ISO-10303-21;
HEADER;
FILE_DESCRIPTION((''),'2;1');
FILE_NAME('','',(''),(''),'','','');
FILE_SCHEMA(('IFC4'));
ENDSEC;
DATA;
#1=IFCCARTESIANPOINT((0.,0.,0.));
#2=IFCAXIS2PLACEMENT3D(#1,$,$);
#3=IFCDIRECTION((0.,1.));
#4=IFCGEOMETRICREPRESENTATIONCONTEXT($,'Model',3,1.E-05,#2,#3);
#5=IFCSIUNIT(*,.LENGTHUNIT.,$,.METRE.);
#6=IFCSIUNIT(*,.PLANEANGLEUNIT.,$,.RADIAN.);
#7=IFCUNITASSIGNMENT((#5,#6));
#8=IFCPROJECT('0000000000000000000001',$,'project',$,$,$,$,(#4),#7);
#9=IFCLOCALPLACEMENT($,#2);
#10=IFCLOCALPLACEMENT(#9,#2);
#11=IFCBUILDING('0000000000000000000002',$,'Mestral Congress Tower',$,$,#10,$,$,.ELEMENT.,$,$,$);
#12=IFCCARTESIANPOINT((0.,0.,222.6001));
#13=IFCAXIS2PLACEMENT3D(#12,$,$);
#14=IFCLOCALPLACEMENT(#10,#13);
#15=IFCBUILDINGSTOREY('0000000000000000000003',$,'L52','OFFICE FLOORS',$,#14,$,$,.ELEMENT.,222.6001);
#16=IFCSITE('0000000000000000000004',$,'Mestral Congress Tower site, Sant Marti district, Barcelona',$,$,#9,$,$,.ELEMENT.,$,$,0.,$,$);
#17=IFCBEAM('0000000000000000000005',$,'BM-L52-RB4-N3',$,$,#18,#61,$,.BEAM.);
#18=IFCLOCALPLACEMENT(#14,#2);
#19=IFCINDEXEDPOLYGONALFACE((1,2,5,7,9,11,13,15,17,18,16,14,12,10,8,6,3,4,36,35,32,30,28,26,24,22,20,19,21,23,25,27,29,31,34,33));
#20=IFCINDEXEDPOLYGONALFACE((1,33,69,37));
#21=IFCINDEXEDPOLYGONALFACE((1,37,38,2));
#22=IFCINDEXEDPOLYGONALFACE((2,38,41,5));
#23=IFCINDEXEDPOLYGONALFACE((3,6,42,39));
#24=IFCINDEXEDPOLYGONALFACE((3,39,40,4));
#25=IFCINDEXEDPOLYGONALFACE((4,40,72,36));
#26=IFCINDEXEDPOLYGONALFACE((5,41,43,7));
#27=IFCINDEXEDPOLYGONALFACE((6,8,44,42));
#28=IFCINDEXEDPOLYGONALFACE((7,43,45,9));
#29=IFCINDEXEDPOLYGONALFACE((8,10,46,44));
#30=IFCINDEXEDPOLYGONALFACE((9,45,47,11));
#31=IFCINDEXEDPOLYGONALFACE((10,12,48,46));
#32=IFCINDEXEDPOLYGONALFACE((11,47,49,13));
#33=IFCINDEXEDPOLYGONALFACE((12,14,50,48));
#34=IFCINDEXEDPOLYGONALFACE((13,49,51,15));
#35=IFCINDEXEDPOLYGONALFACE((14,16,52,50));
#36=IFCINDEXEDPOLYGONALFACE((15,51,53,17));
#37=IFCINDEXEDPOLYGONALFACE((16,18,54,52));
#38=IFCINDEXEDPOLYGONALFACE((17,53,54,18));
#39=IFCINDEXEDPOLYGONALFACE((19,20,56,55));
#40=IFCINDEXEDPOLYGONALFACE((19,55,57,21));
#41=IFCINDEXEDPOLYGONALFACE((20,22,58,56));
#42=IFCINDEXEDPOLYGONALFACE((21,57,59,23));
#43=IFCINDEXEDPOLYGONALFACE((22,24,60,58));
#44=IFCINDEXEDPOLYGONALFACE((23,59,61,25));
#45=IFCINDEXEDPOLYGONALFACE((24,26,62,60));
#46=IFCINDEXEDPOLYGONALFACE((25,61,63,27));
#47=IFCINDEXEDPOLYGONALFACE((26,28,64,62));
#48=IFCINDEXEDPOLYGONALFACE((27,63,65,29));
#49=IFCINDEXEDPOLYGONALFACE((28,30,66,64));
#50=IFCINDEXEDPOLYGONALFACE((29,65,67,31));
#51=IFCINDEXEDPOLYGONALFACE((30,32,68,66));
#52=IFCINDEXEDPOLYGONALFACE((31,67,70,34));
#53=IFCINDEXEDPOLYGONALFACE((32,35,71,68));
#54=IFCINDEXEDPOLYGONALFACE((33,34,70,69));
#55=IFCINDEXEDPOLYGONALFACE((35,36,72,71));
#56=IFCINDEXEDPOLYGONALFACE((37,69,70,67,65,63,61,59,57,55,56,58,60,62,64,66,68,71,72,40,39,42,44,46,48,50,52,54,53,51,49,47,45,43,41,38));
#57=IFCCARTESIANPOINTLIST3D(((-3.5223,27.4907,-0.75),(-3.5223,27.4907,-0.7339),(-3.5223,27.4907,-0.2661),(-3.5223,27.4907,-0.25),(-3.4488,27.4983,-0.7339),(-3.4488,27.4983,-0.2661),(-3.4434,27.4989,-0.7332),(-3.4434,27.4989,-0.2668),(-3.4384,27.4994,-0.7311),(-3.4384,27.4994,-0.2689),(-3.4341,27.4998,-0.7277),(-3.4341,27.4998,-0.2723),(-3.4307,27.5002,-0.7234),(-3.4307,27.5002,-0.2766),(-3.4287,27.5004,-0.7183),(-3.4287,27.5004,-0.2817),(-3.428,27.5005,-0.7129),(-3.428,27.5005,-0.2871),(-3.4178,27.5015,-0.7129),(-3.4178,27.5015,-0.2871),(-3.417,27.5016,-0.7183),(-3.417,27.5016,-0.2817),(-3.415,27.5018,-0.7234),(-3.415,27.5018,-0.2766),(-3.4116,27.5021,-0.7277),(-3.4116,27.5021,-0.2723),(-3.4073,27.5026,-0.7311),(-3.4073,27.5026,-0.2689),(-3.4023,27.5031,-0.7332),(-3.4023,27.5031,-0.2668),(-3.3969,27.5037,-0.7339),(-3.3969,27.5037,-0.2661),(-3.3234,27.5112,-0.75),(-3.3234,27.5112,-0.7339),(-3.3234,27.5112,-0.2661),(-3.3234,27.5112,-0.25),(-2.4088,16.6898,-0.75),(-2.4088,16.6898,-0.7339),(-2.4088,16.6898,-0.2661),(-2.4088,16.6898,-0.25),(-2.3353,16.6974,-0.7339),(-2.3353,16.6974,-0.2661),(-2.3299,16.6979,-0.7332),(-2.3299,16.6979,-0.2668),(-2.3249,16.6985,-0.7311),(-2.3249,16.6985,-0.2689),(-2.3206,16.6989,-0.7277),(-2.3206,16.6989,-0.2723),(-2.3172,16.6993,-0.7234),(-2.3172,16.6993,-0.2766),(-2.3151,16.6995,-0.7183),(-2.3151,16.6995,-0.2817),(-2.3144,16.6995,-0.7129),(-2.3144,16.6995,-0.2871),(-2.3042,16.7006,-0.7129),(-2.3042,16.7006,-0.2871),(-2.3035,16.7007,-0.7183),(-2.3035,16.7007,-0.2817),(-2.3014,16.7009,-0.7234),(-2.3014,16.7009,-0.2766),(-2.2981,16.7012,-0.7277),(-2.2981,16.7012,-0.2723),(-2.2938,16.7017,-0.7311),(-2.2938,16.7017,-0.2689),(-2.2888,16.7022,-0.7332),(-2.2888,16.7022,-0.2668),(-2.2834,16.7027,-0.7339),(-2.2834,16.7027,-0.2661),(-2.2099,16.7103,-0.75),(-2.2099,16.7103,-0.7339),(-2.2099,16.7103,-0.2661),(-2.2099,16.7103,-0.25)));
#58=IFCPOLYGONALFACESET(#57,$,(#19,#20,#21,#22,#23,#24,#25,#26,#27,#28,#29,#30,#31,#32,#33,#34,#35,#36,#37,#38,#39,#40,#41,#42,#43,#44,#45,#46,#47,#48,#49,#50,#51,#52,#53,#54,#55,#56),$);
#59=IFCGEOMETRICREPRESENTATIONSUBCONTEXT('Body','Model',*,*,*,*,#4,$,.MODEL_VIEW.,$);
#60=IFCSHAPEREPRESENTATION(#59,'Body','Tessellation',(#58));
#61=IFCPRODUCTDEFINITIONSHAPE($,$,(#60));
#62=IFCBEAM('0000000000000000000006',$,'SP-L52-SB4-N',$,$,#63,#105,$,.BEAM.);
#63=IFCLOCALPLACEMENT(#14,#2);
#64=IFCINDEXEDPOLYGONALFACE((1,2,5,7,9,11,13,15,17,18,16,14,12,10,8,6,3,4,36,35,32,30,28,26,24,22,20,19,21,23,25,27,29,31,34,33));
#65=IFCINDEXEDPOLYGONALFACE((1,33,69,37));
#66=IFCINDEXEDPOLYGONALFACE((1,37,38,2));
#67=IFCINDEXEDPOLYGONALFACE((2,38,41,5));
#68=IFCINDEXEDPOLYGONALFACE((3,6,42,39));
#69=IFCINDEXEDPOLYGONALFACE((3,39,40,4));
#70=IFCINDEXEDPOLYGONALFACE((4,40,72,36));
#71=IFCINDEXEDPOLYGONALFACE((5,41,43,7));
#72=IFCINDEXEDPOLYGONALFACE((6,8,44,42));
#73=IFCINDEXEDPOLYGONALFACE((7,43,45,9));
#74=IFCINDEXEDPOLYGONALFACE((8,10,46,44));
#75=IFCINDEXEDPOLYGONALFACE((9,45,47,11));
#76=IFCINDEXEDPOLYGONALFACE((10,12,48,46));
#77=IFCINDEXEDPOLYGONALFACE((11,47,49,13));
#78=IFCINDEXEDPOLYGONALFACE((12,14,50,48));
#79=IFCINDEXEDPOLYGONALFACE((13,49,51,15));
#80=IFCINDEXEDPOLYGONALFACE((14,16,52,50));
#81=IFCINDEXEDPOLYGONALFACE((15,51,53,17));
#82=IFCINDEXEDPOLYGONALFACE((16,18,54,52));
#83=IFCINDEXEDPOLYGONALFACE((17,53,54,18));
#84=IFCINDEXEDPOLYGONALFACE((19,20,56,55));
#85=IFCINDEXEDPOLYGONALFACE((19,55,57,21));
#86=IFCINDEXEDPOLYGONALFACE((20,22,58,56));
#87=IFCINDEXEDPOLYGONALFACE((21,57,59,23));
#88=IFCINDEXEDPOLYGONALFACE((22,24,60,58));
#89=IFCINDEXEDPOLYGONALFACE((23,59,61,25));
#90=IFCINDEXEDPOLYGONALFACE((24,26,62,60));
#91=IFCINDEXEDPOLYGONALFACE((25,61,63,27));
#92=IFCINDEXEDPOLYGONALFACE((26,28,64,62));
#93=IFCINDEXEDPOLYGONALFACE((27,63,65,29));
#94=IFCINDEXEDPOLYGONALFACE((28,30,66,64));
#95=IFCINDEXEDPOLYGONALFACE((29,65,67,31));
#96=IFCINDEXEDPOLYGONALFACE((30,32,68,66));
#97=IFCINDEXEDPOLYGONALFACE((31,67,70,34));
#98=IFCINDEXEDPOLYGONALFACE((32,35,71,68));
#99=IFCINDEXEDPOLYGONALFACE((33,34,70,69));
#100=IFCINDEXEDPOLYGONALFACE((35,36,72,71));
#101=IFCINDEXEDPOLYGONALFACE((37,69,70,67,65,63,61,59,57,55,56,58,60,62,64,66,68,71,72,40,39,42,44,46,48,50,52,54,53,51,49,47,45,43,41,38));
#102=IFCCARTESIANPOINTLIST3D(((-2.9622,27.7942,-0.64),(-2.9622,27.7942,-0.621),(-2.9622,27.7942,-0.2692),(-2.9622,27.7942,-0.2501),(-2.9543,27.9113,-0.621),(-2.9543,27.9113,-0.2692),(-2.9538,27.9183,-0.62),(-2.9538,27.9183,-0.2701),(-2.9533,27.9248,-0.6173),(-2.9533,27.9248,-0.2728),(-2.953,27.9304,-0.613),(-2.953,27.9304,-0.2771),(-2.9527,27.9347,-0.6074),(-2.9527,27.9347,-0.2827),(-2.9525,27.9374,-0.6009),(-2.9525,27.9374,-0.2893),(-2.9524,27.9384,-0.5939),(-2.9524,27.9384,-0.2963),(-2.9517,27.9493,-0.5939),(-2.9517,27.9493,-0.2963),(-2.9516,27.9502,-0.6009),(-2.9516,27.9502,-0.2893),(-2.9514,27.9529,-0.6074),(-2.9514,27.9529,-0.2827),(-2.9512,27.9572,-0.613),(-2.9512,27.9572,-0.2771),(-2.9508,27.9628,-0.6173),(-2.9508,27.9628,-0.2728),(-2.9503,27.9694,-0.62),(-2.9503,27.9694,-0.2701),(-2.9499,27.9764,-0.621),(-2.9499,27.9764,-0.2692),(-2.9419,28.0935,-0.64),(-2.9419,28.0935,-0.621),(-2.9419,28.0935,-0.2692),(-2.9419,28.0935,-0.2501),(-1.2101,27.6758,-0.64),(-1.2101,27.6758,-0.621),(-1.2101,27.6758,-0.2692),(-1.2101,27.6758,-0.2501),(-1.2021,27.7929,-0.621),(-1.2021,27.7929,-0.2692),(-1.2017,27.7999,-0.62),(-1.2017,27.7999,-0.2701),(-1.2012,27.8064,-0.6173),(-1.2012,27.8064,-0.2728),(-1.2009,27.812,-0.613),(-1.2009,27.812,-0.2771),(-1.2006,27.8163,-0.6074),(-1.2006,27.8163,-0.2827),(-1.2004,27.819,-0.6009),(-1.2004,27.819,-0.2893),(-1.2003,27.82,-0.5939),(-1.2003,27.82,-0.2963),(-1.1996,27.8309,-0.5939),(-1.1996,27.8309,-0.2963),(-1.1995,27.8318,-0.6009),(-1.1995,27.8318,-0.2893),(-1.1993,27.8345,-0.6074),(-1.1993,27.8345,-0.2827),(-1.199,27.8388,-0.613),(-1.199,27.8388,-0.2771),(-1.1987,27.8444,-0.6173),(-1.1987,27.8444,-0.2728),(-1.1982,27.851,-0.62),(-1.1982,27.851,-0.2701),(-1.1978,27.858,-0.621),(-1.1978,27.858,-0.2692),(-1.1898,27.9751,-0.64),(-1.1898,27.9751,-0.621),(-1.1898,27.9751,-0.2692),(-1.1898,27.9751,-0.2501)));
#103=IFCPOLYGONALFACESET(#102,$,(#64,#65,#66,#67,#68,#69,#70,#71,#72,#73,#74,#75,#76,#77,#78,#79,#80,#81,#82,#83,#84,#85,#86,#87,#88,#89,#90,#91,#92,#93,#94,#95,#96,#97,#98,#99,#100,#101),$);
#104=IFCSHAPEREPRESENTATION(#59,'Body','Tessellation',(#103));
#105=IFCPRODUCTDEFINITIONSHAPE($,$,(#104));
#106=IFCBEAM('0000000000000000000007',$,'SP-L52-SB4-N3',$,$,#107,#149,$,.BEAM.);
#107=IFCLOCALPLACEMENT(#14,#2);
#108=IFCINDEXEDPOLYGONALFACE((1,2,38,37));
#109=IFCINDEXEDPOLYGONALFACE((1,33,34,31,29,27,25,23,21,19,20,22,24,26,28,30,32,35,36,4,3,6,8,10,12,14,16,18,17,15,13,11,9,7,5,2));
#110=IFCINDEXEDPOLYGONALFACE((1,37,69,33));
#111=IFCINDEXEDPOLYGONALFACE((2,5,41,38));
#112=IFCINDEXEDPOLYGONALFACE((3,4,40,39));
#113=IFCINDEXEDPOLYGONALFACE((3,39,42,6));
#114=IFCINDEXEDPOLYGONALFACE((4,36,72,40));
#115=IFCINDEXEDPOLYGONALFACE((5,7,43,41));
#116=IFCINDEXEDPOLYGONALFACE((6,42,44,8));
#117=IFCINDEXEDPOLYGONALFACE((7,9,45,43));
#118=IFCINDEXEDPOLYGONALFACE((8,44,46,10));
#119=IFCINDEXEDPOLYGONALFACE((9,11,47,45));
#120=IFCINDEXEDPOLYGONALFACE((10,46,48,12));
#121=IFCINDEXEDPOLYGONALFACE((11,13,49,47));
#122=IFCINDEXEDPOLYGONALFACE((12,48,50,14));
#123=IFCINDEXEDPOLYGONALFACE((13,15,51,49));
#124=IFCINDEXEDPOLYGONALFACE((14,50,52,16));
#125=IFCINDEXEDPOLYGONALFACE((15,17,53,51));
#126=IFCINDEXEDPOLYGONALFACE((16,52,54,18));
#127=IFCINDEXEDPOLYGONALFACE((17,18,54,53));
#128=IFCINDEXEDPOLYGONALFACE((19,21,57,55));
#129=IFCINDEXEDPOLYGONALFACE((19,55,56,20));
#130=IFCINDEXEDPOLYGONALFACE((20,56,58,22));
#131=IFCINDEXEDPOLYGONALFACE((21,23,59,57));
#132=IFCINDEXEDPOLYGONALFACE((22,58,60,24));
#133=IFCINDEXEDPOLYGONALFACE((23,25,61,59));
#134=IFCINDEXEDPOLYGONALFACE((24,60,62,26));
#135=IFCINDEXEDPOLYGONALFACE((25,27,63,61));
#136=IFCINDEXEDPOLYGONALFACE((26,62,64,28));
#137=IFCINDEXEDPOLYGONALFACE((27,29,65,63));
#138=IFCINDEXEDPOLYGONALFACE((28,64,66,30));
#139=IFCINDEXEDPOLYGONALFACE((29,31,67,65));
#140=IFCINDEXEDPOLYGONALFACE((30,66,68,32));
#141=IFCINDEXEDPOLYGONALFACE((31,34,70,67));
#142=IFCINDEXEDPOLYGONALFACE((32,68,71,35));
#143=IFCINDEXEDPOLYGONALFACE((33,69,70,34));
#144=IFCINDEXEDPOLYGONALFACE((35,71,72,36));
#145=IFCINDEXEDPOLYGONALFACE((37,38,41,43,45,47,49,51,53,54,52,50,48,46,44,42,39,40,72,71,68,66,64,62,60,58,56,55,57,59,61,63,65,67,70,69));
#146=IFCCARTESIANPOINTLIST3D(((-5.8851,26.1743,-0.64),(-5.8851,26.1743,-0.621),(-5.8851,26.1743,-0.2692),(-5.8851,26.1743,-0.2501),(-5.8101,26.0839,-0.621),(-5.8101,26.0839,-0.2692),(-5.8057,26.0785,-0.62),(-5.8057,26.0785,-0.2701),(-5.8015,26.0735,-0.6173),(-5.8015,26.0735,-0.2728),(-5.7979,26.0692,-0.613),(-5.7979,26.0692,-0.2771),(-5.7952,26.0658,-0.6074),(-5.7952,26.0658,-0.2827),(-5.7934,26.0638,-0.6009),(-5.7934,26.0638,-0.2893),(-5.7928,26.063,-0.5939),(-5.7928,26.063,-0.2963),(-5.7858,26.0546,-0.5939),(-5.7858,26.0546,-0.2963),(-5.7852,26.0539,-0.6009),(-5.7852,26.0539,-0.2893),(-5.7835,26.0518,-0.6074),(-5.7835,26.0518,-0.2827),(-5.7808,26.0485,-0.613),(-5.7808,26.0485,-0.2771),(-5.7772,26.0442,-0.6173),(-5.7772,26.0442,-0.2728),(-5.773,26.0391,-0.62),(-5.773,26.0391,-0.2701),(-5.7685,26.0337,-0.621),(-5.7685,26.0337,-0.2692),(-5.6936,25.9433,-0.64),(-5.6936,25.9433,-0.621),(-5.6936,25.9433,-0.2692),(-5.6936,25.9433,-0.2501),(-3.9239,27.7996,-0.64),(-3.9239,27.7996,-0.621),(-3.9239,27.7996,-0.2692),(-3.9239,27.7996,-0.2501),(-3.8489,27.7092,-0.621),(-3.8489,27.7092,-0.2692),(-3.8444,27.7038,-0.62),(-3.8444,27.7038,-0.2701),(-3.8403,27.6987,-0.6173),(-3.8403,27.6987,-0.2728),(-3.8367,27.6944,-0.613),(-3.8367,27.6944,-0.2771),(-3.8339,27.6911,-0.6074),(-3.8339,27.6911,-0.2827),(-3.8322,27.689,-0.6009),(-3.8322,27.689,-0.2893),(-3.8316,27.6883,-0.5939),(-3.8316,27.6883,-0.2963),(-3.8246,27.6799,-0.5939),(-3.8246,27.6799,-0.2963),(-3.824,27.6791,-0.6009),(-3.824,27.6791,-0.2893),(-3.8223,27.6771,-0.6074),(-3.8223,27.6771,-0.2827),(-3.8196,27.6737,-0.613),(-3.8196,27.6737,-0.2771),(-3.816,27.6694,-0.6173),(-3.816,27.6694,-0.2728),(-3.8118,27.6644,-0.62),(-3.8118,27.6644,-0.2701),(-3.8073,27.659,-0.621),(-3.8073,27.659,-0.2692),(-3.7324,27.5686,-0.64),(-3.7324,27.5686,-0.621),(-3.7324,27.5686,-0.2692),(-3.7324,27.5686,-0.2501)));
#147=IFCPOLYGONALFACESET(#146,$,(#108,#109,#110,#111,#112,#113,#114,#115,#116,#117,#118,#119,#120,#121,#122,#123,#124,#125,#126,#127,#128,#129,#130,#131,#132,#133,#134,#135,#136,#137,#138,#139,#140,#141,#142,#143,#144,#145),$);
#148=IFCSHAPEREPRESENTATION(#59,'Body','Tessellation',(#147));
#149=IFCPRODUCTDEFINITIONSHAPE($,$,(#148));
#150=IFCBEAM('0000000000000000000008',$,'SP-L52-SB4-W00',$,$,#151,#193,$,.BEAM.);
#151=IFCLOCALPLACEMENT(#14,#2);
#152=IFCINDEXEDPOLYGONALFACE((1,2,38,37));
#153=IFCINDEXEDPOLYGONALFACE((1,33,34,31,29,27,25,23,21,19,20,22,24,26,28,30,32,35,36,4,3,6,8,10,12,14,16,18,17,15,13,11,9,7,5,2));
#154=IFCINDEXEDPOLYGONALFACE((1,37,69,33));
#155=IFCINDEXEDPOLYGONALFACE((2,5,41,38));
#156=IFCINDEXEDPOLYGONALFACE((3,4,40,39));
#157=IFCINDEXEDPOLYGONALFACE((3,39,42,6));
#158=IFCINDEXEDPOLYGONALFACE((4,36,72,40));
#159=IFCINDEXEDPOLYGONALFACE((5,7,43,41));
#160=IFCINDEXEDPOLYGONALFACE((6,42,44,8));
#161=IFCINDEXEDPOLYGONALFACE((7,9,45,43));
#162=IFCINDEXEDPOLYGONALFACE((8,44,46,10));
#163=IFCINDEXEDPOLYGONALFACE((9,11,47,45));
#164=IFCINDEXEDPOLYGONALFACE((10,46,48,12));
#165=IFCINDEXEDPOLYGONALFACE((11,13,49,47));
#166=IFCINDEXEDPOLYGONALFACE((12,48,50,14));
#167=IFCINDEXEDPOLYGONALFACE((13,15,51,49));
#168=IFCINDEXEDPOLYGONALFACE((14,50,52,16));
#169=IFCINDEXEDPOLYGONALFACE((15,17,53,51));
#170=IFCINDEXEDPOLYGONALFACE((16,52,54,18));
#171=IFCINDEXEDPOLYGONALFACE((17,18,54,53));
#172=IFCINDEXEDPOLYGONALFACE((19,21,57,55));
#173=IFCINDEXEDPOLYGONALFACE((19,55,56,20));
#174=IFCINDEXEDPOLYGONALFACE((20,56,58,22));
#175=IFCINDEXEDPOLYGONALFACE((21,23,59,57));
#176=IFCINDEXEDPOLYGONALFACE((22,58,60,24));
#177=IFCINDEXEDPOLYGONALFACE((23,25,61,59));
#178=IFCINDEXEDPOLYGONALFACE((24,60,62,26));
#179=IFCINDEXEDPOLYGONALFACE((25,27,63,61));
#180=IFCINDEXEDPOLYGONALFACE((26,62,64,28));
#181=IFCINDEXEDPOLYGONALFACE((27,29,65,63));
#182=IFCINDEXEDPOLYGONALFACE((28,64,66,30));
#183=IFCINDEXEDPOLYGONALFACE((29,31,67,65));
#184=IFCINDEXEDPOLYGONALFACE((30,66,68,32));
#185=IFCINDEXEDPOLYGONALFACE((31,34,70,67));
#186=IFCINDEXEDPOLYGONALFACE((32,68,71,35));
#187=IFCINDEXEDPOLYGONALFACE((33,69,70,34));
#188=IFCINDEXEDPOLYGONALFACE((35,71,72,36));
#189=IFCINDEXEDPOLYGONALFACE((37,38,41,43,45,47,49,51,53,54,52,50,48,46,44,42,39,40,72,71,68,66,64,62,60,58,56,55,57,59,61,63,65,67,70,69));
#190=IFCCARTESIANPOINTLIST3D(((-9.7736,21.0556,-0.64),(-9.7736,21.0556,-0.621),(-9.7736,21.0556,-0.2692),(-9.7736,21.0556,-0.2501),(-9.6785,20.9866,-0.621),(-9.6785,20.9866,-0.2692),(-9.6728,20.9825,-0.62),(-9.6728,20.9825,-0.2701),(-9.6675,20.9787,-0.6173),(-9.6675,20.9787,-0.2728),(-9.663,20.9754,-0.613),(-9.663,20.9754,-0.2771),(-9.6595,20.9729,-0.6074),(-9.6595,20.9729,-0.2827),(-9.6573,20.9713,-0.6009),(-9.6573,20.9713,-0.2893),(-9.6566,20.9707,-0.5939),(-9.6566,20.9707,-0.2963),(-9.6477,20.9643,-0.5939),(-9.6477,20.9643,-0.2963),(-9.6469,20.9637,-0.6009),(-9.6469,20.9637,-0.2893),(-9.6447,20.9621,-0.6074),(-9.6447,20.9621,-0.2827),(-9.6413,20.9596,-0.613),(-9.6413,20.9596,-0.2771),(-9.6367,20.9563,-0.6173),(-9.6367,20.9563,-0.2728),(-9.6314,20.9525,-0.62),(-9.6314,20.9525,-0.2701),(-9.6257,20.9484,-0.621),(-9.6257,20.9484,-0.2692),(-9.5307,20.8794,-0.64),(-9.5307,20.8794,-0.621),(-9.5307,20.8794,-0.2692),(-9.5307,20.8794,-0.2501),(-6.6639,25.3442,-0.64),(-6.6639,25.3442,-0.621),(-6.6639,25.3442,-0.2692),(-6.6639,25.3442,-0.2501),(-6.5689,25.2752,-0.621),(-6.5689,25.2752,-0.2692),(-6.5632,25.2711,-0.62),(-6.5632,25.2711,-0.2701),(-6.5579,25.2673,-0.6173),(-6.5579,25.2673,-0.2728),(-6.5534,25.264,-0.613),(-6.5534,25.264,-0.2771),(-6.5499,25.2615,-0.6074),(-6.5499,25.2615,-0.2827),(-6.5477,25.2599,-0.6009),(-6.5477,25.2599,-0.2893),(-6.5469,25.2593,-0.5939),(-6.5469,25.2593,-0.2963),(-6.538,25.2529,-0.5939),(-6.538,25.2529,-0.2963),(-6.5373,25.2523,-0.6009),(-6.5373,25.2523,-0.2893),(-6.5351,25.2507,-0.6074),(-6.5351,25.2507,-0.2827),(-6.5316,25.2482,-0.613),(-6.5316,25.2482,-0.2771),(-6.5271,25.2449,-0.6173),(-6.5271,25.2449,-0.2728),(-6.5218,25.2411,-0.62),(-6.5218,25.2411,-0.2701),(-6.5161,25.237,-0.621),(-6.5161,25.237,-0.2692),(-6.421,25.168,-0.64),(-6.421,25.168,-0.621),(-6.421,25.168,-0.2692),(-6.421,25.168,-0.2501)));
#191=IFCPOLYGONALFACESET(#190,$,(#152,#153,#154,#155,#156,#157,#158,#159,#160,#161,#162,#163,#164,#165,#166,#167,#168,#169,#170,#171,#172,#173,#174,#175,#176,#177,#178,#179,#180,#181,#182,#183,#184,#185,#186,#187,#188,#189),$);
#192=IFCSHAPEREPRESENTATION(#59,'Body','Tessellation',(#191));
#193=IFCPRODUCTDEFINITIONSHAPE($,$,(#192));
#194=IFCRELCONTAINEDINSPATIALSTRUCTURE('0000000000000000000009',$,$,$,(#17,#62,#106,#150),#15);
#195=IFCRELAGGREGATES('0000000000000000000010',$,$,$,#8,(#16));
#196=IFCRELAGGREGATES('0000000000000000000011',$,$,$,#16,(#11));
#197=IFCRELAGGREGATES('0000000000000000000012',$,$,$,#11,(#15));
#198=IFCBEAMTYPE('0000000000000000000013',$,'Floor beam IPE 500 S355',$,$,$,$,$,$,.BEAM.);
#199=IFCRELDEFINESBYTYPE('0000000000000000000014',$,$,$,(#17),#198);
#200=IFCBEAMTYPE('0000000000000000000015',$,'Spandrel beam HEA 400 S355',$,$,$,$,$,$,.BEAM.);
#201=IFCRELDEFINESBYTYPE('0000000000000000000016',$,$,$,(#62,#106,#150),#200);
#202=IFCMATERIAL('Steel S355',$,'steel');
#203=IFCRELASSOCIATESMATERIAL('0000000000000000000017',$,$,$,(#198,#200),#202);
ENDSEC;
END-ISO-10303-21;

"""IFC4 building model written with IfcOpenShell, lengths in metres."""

from ifc_helpers import new_model, si_unit, direction, frame, origin, origin_2d, place, context, subcontext, project, spatial, i_section, extrude, material, material_profile, profile_set, type_object, element, save


model = new_model("IFC4")

# Units and contexts
model_context = context("Model", 3, precision=1e-05, world=origin(), true_north=direction((0.0, 1.0)))
body_context = subcontext(model_context, "Body", "Model", "MODEL_VIEW")
ifc_project = project(units=[si_unit("LENGTHUNIT", "METRE"), si_unit("PLANEANGLEUNIT", "RADIAN")], contexts=[model_context])

# Site, building, storey
site_placement = place(None, origin())
site = spatial("IfcSite", under=ifc_project, at=site_placement, Name="Mestral Congress Tower site, Sant Marti district, Barcelona", CompositionType="ELEMENT", RefElevation=0.0)
building_placement = place(site_placement, origin())
building = spatial("IfcBuilding", under=site, at=building_placement, Name="Mestral Congress Tower", CompositionType="ELEMENT")
storey_placement = place(building_placement, frame((0.0, 0.0, 222.6001)))
storey = spatial("IfcBuildingStorey", under=building, at=storey_placement, Name="L52", Description="OFFICE FLOORS", CompositionType="ELEMENT", Elevation=222.6001)

# Beams
ifc_material_1 = material(Name="Steel S355", Category="steel")
ifc_material_profile_1 = material_profile(ifc_material_1, i_section(OverallWidth=0.2, OverallDepth=0.5, WebThickness=0.0103, FlangeThickness=0.0161, FilletRadius=0.021, at=origin_2d()), Name="IPE 500")
ifc_profile_set_1 = profile_set([ifc_material_profile_1], Name="Steel S355")
beam_type_1 = type_object("IfcBeamType", Name="Floor beam IPE 500 S355", PredefinedType="BEAM", material=ifc_profile_set_1)
beam_1_placement = place(storey_placement, frame((-3.4229, 27.501, -0.5), z_axis=(0.102551, -0.994728, 0.0), x_axis=(0.994728, 0.102551, 0.0)))
element("IfcBeam", 1, at=beam_1_placement, inside=storey, type_object=beam_type_1, Name="BM-L52-RB4-N3", PredefinedType="BEAM", context=body_context, shape_type="SweptSolid", body=[
    extrude(i_section(OverallWidth=0.2, OverallDepth=0.5, WebThickness=0.0103, FlangeThickness=0.0161, FilletRadius=0.021, at=origin_2d()), origin(), (0.0, 0.0, 1.0), 10.8582),
])
ifc_material_profile_2 = material_profile(ifc_material_1, i_section(OverallWidth=0.3, OverallDepth=0.3899, WebThickness=0.011, FlangeThickness=0.019, FilletRadius=0.0271, at=origin_2d()), Name="HEA 400")
ifc_profile_set_2 = profile_set([ifc_material_profile_2], Name="Steel S355")
beam_type_2 = type_object("IfcBeamType", Name="Spandrel beam HEA 400 S355", PredefinedType="BEAM", material=ifc_profile_set_2)
beam_2_placement = place(storey_placement, frame((-1.2, 27.8254, -0.4451), z_axis=(-0.997724, 0.067423, 0.0), x_axis=(-0.067423, -0.997724, 0.0)))
element("IfcBeam", 2, at=beam_2_placement, inside=storey, type_object=beam_type_2, Name="SP-L52-SB4-N", PredefinedType="BEAM", context=body_context, shape_type="SweptSolid", body=[
    extrude(i_section(OverallWidth=0.3, OverallDepth=0.3899, WebThickness=0.011, FlangeThickness=0.019, FilletRadius=0.0271, at=origin_2d()), origin(), (0.0, 0.0, 1.0), 1.7561),
])
beam_3_placement = place(storey_placement, frame((-3.8281, 27.6841, -0.4451), z_axis=(-0.76997, -0.63808, 0.0), x_axis=(0.63808, -0.76997, 0.0)))
element("IfcBeam", 3, at=beam_3_placement, inside=storey, type_object=beam_type_2, Name="SP-L52-SB4-N3", PredefinedType="BEAM", context=body_context, shape_type="SweptSolid", body=[
    extrude(i_section(OverallWidth=0.3, OverallDepth=0.3899, WebThickness=0.011, FlangeThickness=0.019, FilletRadius=0.0271, at=origin_2d()), origin(), (0.0, 0.0, 1.0), 2.5471),
])
beam_4_placement = place(storey_placement, frame((-6.5425, 25.2561, -0.4451), z_axis=(-0.587017, -0.809574, 0.0), x_axis=(0.809574, -0.587017, 0.0)))
element("IfcBeam", 4, at=beam_4_placement, inside=storey, type_object=beam_type_2, Name="SP-L52-SB4-W00", PredefinedType="BEAM", context=body_context, shape_type="SweptSolid", body=[
    extrude(i_section(OverallWidth=0.3, OverallDepth=0.3899, WebThickness=0.011, FlangeThickness=0.019, FilletRadius=0.0271, at=origin_2d()), origin(), (0.0, 0.0, 1.0), 5.2974),
])

save(model, "model.ifc")
